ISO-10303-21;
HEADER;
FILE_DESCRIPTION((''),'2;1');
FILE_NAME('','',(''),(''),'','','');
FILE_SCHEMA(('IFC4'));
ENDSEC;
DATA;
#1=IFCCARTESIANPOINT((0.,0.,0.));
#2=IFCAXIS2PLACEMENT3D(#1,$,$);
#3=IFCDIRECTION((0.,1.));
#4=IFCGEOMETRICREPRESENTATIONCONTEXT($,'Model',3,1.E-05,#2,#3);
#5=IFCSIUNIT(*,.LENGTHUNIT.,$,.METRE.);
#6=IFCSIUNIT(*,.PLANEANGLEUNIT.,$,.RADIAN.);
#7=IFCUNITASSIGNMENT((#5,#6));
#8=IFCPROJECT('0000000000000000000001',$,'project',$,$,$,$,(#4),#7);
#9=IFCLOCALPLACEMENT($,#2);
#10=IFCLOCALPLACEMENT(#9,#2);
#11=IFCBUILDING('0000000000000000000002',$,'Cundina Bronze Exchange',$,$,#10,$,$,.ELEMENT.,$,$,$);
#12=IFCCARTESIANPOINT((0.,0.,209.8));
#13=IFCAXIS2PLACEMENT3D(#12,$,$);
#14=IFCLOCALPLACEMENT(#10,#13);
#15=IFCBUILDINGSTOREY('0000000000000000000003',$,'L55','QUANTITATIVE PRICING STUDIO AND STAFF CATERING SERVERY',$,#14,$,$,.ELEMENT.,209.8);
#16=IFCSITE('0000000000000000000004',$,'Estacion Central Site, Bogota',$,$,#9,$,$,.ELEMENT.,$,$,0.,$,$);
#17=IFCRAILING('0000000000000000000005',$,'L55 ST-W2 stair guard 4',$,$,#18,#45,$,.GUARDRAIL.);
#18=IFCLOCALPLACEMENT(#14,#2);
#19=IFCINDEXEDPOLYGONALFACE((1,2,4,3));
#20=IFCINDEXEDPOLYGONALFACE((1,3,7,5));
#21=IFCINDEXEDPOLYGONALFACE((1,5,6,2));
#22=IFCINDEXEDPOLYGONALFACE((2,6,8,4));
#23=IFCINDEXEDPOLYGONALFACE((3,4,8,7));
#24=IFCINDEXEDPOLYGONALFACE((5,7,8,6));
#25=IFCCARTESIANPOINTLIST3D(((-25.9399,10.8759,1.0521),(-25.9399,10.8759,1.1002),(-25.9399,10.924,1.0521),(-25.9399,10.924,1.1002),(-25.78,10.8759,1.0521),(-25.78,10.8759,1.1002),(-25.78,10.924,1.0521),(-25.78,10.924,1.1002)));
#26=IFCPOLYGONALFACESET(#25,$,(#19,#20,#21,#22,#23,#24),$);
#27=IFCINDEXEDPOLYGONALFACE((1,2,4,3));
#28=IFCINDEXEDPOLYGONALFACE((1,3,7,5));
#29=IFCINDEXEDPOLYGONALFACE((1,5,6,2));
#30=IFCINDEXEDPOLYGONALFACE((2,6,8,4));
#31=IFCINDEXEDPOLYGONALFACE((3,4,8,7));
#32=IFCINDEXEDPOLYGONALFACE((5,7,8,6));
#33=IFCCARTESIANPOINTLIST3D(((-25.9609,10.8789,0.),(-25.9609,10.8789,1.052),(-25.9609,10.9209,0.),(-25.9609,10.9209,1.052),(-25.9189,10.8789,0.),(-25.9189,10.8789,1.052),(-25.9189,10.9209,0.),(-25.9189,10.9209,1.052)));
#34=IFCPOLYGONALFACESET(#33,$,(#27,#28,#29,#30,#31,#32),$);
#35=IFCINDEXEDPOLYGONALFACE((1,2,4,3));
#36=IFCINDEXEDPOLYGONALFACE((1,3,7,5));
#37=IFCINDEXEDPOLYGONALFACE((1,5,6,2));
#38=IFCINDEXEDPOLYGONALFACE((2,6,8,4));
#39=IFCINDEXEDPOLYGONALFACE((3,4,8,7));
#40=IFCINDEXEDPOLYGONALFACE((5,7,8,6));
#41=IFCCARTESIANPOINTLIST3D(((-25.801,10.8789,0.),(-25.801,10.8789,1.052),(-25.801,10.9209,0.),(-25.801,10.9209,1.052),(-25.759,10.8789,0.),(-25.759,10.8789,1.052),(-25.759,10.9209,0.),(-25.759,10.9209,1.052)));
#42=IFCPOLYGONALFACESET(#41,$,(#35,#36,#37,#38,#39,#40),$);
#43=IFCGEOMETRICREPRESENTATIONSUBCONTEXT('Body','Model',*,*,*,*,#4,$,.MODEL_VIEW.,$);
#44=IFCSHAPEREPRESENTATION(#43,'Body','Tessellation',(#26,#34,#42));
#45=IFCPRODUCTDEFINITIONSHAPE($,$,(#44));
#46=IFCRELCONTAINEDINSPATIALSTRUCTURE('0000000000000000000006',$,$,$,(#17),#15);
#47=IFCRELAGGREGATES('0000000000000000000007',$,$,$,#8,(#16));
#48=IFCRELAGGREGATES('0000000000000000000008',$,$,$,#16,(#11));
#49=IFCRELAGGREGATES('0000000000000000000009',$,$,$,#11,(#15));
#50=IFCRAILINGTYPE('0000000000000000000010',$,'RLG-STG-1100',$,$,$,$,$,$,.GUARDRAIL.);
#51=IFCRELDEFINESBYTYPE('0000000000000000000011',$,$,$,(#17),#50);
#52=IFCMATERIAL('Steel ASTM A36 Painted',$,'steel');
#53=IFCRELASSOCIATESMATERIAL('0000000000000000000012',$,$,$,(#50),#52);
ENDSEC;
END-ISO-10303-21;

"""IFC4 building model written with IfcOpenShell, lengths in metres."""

from ifc_helpers import new_model, si_unit, direction, frame, origin, origin_2d, place, context, subcontext, project, spatial, rectangle, extrude, material, type_object, element, save


model = new_model("IFC4")

# Units and contexts
model_context = context("Model", 3, precision=1e-05, world=origin(), true_north=direction((0.0, 1.0)))
body_context = subcontext(model_context, "Body", "Model", "MODEL_VIEW")
ifc_project = project(units=[si_unit("LENGTHUNIT", "METRE"), si_unit("PLANEANGLEUNIT", "RADIAN")], contexts=[model_context])

# Site, building, storey
site_placement = place(None, origin())
site = spatial("IfcSite", under=ifc_project, at=site_placement, Name="Estacion Central Site, Bogota", CompositionType="ELEMENT", RefElevation=0.0)
building_placement = place(site_placement, origin())
building = spatial("IfcBuilding", under=site, at=building_placement, Name="Cundina Bronze Exchange", CompositionType="ELEMENT")
storey_placement = place(building_placement, frame((0.0, 0.0, 209.8)))
storey = spatial("IfcBuildingStorey", under=building, at=storey_placement, Name="L55", Description="QUANTITATIVE PRICING STUDIO AND STAFF CATERING SERVERY", CompositionType="ELEMENT", Elevation=209.8)

# Shared definitions
ifc_material_1 = material(Name="Steel ASTM A36 Painted", Category="steel")

# Railing
railing_type_1 = type_object("IfcRailingType", Name="RLG-STG-1100", PredefinedType="GUARDRAIL", material=ifc_material_1)
railing_1_placement = place(storey_placement, frame((-25.9399, 10.8999, 0.0)))
element("IfcRailing", 1, at=railing_1_placement, inside=storey, type_object=railing_type_1, Name="L55 ST-W2 stair guard 4", PredefinedType="GUARDRAIL", context=body_context, shape_type="SweptSolid", body=[
    extrude(rectangle(XDim=0.0481, YDim=0.0481, at=origin_2d()), frame((0.0, 0.0, 1.0762), z_axis=(1.0, 0.0, 0.0), x_axis=(0.0, 1.0, 0.0)), (0.0, 0.0, 1.0), 0.1599),
    extrude(rectangle(XDim=0.042, YDim=0.042, at=origin_2d()), origin(), (0.0, 0.0, 1.0), 1.052),
    extrude(rectangle(XDim=0.042, YDim=0.042, at=origin_2d()), frame((0.1599, 0.0, 0.0)), (0.0, 0.0, 1.0), 1.052),
])

save(model, "model.ifc")
